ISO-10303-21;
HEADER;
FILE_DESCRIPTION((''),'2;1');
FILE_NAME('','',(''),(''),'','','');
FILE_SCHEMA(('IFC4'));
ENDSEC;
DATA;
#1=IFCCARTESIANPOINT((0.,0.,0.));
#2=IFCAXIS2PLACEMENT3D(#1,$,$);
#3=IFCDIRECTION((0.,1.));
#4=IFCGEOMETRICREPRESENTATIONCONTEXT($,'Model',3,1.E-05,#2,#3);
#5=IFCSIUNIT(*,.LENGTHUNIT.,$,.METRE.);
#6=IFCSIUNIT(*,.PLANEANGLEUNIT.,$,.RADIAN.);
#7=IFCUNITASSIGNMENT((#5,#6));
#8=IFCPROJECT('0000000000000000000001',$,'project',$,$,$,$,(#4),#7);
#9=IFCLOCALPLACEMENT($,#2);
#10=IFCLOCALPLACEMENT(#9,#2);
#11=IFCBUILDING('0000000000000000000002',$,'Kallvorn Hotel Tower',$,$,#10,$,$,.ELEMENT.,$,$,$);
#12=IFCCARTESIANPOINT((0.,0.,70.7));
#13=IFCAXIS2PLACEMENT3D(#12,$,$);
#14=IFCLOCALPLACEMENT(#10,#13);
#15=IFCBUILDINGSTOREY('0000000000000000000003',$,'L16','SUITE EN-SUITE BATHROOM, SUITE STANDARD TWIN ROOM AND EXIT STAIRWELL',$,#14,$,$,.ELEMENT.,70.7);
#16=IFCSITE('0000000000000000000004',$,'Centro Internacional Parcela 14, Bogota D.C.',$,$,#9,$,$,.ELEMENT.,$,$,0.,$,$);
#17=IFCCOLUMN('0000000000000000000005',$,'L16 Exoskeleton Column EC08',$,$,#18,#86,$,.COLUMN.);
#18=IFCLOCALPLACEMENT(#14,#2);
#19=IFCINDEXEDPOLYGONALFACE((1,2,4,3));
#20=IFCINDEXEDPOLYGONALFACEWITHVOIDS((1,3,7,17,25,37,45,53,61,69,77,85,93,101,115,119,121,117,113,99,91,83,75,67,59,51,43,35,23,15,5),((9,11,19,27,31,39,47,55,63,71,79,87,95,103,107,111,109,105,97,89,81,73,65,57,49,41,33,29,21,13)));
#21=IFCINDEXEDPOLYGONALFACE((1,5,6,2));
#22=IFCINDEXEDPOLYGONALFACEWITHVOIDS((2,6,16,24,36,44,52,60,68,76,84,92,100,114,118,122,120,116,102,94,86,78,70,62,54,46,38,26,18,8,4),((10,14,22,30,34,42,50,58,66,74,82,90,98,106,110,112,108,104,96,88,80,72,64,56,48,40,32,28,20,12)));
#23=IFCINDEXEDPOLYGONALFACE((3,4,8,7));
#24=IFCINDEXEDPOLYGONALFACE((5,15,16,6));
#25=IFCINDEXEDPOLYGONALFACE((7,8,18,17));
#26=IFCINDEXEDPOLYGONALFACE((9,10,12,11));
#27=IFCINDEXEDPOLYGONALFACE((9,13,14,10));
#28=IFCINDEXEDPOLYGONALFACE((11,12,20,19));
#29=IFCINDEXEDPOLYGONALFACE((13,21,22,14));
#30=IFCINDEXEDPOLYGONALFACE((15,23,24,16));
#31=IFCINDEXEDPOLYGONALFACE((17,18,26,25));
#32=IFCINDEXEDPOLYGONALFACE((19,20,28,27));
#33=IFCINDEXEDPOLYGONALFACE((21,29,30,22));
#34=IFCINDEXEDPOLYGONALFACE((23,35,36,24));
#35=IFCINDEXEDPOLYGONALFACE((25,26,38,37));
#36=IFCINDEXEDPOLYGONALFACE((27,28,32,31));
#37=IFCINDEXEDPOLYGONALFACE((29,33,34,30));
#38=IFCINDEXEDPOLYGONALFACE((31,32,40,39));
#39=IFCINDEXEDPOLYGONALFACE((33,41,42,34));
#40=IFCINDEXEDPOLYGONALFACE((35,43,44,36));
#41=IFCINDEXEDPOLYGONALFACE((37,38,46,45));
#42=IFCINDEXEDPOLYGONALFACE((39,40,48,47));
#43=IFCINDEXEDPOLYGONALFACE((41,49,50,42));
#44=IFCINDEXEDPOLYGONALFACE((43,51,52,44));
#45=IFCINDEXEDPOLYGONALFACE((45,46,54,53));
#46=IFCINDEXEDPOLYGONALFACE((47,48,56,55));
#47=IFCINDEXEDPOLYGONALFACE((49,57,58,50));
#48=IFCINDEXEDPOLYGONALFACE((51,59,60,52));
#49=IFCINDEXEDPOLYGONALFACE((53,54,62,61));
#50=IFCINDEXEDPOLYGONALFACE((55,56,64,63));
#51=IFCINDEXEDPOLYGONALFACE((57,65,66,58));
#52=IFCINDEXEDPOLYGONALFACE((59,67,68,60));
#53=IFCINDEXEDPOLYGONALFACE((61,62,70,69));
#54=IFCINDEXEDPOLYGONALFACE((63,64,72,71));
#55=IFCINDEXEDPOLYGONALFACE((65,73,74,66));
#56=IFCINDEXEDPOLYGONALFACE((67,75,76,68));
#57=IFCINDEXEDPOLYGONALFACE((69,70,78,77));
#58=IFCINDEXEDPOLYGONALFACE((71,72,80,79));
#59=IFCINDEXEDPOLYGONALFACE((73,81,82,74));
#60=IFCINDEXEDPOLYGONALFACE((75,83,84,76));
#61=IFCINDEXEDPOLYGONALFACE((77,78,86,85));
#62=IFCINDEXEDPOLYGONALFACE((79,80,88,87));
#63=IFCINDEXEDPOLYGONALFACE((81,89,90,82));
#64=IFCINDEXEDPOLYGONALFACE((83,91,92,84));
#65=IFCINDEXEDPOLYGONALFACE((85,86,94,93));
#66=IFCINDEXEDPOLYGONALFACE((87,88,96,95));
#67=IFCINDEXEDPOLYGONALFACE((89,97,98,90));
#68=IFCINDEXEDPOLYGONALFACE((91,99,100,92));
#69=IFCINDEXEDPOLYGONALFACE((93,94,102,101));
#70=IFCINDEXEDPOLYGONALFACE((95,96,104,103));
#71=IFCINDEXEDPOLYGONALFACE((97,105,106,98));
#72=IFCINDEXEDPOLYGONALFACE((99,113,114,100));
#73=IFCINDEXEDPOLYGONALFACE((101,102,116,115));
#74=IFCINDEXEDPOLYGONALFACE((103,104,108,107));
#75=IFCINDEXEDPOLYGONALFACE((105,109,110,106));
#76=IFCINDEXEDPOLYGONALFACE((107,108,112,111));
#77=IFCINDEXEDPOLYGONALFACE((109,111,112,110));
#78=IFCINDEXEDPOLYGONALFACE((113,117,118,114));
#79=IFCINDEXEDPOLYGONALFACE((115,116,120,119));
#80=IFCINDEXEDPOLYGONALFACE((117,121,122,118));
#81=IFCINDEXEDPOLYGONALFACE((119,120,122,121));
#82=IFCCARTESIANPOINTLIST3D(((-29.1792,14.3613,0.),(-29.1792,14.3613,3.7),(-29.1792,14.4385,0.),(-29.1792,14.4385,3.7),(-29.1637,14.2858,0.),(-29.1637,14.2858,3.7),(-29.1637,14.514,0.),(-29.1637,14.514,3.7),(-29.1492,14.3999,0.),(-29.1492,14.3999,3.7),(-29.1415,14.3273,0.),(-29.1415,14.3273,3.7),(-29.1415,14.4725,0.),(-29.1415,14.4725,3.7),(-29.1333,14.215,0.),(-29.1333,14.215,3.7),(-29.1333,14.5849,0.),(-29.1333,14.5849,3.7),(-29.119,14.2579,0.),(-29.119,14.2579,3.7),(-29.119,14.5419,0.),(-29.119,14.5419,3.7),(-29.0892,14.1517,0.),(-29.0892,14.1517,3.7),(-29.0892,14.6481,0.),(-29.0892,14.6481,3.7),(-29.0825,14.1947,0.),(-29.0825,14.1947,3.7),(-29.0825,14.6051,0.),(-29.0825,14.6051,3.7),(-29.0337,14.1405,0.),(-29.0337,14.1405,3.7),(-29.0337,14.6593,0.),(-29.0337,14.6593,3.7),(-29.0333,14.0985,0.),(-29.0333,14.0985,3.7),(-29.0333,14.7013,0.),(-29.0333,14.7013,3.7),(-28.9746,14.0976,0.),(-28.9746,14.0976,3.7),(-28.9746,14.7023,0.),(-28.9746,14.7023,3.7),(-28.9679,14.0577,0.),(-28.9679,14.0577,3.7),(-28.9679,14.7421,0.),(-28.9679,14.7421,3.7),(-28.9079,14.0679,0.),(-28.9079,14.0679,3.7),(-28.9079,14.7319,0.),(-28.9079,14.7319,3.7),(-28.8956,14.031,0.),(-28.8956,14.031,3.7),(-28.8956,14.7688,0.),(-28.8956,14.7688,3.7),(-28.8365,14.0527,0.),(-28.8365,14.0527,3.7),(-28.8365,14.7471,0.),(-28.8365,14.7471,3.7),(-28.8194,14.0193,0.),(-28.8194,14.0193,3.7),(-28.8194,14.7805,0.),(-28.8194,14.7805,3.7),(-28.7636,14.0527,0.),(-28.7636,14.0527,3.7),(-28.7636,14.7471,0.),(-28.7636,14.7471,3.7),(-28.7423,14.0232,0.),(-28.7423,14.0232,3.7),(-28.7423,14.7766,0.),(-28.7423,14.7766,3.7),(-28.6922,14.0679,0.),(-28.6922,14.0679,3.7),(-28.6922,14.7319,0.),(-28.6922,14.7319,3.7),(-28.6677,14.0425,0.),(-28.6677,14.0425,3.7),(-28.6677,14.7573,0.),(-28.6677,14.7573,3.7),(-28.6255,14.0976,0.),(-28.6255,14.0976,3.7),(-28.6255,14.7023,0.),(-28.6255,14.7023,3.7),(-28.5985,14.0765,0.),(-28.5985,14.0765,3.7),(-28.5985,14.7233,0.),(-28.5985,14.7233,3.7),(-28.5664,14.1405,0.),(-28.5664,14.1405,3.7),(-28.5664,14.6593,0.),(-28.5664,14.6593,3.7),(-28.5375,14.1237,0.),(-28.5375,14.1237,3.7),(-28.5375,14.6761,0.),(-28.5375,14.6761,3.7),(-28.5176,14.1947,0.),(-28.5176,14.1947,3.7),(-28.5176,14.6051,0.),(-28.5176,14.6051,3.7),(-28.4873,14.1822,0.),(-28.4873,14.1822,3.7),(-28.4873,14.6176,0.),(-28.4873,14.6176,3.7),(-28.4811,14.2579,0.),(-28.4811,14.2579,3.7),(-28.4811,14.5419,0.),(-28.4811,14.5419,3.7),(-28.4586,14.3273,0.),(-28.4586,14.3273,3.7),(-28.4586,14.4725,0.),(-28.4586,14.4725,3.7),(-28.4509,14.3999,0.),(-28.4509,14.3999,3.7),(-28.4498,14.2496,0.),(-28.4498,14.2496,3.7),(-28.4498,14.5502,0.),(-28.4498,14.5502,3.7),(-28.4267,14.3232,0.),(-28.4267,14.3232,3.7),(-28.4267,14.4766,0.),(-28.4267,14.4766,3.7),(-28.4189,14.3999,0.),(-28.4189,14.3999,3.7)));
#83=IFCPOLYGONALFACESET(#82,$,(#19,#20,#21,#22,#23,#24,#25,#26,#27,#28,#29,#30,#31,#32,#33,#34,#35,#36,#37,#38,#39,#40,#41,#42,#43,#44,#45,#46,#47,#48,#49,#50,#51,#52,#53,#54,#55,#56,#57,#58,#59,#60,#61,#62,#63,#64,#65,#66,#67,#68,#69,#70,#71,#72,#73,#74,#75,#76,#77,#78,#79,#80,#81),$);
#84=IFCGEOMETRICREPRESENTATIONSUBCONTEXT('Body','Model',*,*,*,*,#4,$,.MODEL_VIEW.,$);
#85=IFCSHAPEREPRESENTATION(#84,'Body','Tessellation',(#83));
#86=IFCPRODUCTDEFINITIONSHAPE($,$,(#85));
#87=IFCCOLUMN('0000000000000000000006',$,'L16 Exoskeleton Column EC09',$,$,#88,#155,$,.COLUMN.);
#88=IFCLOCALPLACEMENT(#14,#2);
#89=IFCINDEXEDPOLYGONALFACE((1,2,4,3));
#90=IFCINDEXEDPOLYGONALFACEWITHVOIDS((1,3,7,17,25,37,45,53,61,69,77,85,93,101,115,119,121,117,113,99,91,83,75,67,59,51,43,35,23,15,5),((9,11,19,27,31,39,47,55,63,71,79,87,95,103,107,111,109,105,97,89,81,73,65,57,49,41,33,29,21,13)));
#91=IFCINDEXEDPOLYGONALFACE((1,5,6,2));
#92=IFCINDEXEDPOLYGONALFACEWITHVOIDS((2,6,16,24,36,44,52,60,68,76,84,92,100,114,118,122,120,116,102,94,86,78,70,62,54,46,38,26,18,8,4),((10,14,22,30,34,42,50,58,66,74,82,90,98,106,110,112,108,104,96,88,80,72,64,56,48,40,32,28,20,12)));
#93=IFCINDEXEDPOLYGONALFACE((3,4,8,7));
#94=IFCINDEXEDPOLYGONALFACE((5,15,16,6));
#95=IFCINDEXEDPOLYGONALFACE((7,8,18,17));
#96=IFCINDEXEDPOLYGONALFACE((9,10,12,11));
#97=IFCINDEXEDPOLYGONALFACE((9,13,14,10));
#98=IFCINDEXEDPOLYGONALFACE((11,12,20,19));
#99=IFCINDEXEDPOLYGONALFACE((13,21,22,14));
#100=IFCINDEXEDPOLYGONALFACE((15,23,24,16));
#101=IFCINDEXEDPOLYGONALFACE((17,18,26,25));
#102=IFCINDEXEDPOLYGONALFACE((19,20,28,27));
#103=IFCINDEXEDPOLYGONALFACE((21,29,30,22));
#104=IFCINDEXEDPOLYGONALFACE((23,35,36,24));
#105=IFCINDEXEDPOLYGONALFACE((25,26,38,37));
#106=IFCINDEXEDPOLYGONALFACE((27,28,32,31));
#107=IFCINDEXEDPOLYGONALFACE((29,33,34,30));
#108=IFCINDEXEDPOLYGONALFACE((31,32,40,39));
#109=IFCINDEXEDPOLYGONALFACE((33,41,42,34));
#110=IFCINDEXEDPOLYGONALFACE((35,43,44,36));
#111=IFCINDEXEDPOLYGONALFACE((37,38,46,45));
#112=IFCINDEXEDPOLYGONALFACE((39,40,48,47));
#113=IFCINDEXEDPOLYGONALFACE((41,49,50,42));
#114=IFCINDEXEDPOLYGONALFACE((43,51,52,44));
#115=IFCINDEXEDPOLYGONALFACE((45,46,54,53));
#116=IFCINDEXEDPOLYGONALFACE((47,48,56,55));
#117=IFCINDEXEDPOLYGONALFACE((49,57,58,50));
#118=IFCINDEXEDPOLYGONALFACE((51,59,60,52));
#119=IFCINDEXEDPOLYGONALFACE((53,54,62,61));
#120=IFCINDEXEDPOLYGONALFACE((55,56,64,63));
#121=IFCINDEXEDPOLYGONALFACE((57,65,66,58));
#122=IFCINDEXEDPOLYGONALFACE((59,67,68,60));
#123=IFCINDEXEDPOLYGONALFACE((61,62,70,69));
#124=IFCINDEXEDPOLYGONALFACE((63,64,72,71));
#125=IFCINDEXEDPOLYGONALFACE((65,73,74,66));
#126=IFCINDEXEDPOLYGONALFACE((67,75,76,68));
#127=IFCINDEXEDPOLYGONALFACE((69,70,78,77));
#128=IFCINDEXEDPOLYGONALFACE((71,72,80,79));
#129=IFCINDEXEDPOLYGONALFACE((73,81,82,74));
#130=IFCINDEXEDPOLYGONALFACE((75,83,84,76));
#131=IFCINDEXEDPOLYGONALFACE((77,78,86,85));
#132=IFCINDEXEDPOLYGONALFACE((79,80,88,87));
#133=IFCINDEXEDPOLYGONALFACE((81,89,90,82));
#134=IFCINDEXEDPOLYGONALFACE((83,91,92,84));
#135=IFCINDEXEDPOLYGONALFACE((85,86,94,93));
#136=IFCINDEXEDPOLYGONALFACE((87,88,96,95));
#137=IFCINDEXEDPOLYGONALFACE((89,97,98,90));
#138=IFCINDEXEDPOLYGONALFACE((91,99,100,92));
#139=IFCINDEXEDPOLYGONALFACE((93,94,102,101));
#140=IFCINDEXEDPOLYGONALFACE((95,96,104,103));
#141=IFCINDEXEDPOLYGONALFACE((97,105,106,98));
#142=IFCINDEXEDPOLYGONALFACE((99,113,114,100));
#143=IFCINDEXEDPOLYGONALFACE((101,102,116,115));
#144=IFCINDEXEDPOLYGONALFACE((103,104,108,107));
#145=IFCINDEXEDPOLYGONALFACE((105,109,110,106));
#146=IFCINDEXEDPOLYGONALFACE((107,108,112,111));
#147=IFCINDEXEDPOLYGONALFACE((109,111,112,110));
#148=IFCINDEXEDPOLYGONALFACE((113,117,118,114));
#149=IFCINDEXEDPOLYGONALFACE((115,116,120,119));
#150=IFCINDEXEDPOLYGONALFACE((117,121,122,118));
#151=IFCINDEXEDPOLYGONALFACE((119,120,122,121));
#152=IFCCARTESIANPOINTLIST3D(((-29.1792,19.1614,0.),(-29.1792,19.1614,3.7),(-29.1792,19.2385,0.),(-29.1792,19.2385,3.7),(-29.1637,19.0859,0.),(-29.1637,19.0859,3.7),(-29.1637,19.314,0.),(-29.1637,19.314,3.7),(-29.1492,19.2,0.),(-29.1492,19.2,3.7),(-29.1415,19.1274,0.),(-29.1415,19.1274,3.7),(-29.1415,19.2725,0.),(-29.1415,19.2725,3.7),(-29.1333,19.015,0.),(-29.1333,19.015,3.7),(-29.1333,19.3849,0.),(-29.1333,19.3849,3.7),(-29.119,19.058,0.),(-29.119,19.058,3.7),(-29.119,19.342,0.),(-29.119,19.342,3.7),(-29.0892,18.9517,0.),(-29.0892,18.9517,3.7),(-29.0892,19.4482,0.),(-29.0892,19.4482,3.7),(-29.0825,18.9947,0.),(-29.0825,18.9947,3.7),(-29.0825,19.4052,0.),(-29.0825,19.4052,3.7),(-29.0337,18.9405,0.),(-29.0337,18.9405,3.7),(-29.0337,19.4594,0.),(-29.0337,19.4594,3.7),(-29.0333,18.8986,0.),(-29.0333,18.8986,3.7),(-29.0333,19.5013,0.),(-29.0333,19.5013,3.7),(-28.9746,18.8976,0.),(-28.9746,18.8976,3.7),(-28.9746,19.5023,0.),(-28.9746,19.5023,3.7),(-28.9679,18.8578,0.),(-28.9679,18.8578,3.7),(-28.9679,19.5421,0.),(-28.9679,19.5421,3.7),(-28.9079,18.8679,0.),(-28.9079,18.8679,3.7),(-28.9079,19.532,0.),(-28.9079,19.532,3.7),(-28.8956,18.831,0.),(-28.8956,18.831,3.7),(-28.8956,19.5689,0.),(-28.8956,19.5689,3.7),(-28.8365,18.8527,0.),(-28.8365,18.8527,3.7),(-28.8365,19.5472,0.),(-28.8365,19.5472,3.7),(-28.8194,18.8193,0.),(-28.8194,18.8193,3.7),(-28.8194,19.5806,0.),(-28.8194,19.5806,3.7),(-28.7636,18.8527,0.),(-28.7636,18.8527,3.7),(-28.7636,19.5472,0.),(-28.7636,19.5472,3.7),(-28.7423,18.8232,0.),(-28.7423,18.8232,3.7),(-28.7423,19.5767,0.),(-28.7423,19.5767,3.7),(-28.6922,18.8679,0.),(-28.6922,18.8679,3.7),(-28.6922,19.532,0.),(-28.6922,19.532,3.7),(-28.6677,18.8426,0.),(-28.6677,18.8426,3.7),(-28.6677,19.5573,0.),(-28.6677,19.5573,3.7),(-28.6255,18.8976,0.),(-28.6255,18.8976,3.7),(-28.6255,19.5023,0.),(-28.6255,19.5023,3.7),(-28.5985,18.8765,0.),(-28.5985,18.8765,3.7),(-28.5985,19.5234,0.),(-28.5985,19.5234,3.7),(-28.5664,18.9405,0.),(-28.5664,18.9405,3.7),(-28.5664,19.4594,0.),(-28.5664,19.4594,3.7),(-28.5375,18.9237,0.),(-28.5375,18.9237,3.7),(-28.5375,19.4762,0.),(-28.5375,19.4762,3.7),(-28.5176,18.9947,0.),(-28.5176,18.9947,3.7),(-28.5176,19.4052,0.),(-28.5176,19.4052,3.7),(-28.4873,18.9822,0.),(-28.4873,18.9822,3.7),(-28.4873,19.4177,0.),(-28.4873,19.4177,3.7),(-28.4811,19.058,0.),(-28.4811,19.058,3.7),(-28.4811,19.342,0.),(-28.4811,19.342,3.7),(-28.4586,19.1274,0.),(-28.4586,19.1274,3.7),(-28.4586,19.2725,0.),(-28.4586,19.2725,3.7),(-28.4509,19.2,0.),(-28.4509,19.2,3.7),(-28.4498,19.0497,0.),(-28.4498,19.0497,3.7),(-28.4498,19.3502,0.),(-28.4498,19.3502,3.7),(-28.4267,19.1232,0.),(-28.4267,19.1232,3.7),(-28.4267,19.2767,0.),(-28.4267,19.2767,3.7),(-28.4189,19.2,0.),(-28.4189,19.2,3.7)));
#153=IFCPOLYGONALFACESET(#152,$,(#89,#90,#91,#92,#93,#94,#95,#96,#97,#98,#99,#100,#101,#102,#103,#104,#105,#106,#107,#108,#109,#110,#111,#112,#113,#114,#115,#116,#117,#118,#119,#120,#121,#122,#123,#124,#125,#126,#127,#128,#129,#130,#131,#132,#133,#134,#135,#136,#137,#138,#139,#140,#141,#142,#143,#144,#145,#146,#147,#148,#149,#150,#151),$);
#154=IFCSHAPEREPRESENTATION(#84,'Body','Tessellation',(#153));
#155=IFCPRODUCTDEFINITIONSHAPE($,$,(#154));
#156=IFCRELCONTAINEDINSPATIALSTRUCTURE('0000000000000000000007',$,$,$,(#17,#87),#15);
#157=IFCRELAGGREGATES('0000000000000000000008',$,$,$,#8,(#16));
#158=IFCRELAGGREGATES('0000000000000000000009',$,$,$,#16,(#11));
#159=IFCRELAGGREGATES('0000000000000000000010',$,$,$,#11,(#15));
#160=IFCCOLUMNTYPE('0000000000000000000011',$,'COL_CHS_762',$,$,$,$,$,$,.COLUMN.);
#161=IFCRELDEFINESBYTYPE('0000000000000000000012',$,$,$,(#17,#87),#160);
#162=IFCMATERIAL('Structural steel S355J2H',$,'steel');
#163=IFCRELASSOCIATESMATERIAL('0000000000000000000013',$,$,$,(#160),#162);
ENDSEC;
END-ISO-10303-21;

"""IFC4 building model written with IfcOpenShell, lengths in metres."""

from ifc_helpers import new_model, si_unit, direction, frame, origin, origin_2d, place, context, subcontext, project, spatial, hollow_circle, extrude, material, material_profile, profile_set, type_object, element, save


model = new_model("IFC4")

# Units and contexts
model_context = context("Model", 3, precision=1e-05, world=origin(), true_north=direction((0.0, 1.0)))
body_context = subcontext(model_context, "Body", "Model", "MODEL_VIEW")
ifc_project = project(units=[si_unit("LENGTHUNIT", "METRE"), si_unit("PLANEANGLEUNIT", "RADIAN")], contexts=[model_context])

# Site, building, storey
site_placement = place(None, origin())
site = spatial("IfcSite", under=ifc_project, at=site_placement, Name="Centro Internacional Parcela 14, Bogota D.C.", CompositionType="ELEMENT", RefElevation=0.0)
building_placement = place(site_placement, origin())
building = spatial("IfcBuilding", under=site, at=building_placement, Name="Kallvorn Hotel Tower", CompositionType="ELEMENT")
storey_placement = place(building_placement, frame((0.0, 0.0, 70.7)))
storey = spatial("IfcBuildingStorey", under=building, at=storey_placement, Name="L16", Description="SUITE EN-SUITE BATHROOM, SUITE STANDARD TWIN ROOM AND EXIT STAIRWELL", CompositionType="ELEMENT", Elevation=70.7)

# Columns
ifc_material_1 = material(Name="Structural steel S355J2H", Category="steel")
ifc_material_profile_1 = material_profile(ifc_material_1, hollow_circle(Radius=0.3811, WallThickness=0.032, at=origin_2d()), Name="CHS 762x32")
ifc_profile_set_1 = profile_set([ifc_material_profile_1], Name="Structural steel S355J2H")
column_type_1 = type_object("IfcColumnType", Name="COL_CHS_762", PredefinedType="COLUMN", material=ifc_profile_set_1)
for number, where, z_axis, x_axis, name in (
    (1, (-28.8, 14.3999, 0.0), (0.0, 0.0, 1.0), (1.0, 0.0, 0.0), "L16 Exoskeleton Column EC08"),
    (2, (-28.8, 19.2, 0.0), (0.0, 0.0, 1.0), (1.0, 0.0, 0.0), "L16 Exoskeleton Column EC09"),
):
    element("IfcColumn", number, at=place(storey_placement, frame(where, z_axis=z_axis, x_axis=x_axis)), inside=storey, type_object=column_type_1, Name=name, PredefinedType="COLUMN", context=body_context, shape_type="SweptSolid", body=[
        extrude(hollow_circle(Radius=0.3811, WallThickness=0.032, at=origin_2d()), origin(), (0.0, 0.0, 1.0), 3.7),
    ])

save(model, "model.ifc")
